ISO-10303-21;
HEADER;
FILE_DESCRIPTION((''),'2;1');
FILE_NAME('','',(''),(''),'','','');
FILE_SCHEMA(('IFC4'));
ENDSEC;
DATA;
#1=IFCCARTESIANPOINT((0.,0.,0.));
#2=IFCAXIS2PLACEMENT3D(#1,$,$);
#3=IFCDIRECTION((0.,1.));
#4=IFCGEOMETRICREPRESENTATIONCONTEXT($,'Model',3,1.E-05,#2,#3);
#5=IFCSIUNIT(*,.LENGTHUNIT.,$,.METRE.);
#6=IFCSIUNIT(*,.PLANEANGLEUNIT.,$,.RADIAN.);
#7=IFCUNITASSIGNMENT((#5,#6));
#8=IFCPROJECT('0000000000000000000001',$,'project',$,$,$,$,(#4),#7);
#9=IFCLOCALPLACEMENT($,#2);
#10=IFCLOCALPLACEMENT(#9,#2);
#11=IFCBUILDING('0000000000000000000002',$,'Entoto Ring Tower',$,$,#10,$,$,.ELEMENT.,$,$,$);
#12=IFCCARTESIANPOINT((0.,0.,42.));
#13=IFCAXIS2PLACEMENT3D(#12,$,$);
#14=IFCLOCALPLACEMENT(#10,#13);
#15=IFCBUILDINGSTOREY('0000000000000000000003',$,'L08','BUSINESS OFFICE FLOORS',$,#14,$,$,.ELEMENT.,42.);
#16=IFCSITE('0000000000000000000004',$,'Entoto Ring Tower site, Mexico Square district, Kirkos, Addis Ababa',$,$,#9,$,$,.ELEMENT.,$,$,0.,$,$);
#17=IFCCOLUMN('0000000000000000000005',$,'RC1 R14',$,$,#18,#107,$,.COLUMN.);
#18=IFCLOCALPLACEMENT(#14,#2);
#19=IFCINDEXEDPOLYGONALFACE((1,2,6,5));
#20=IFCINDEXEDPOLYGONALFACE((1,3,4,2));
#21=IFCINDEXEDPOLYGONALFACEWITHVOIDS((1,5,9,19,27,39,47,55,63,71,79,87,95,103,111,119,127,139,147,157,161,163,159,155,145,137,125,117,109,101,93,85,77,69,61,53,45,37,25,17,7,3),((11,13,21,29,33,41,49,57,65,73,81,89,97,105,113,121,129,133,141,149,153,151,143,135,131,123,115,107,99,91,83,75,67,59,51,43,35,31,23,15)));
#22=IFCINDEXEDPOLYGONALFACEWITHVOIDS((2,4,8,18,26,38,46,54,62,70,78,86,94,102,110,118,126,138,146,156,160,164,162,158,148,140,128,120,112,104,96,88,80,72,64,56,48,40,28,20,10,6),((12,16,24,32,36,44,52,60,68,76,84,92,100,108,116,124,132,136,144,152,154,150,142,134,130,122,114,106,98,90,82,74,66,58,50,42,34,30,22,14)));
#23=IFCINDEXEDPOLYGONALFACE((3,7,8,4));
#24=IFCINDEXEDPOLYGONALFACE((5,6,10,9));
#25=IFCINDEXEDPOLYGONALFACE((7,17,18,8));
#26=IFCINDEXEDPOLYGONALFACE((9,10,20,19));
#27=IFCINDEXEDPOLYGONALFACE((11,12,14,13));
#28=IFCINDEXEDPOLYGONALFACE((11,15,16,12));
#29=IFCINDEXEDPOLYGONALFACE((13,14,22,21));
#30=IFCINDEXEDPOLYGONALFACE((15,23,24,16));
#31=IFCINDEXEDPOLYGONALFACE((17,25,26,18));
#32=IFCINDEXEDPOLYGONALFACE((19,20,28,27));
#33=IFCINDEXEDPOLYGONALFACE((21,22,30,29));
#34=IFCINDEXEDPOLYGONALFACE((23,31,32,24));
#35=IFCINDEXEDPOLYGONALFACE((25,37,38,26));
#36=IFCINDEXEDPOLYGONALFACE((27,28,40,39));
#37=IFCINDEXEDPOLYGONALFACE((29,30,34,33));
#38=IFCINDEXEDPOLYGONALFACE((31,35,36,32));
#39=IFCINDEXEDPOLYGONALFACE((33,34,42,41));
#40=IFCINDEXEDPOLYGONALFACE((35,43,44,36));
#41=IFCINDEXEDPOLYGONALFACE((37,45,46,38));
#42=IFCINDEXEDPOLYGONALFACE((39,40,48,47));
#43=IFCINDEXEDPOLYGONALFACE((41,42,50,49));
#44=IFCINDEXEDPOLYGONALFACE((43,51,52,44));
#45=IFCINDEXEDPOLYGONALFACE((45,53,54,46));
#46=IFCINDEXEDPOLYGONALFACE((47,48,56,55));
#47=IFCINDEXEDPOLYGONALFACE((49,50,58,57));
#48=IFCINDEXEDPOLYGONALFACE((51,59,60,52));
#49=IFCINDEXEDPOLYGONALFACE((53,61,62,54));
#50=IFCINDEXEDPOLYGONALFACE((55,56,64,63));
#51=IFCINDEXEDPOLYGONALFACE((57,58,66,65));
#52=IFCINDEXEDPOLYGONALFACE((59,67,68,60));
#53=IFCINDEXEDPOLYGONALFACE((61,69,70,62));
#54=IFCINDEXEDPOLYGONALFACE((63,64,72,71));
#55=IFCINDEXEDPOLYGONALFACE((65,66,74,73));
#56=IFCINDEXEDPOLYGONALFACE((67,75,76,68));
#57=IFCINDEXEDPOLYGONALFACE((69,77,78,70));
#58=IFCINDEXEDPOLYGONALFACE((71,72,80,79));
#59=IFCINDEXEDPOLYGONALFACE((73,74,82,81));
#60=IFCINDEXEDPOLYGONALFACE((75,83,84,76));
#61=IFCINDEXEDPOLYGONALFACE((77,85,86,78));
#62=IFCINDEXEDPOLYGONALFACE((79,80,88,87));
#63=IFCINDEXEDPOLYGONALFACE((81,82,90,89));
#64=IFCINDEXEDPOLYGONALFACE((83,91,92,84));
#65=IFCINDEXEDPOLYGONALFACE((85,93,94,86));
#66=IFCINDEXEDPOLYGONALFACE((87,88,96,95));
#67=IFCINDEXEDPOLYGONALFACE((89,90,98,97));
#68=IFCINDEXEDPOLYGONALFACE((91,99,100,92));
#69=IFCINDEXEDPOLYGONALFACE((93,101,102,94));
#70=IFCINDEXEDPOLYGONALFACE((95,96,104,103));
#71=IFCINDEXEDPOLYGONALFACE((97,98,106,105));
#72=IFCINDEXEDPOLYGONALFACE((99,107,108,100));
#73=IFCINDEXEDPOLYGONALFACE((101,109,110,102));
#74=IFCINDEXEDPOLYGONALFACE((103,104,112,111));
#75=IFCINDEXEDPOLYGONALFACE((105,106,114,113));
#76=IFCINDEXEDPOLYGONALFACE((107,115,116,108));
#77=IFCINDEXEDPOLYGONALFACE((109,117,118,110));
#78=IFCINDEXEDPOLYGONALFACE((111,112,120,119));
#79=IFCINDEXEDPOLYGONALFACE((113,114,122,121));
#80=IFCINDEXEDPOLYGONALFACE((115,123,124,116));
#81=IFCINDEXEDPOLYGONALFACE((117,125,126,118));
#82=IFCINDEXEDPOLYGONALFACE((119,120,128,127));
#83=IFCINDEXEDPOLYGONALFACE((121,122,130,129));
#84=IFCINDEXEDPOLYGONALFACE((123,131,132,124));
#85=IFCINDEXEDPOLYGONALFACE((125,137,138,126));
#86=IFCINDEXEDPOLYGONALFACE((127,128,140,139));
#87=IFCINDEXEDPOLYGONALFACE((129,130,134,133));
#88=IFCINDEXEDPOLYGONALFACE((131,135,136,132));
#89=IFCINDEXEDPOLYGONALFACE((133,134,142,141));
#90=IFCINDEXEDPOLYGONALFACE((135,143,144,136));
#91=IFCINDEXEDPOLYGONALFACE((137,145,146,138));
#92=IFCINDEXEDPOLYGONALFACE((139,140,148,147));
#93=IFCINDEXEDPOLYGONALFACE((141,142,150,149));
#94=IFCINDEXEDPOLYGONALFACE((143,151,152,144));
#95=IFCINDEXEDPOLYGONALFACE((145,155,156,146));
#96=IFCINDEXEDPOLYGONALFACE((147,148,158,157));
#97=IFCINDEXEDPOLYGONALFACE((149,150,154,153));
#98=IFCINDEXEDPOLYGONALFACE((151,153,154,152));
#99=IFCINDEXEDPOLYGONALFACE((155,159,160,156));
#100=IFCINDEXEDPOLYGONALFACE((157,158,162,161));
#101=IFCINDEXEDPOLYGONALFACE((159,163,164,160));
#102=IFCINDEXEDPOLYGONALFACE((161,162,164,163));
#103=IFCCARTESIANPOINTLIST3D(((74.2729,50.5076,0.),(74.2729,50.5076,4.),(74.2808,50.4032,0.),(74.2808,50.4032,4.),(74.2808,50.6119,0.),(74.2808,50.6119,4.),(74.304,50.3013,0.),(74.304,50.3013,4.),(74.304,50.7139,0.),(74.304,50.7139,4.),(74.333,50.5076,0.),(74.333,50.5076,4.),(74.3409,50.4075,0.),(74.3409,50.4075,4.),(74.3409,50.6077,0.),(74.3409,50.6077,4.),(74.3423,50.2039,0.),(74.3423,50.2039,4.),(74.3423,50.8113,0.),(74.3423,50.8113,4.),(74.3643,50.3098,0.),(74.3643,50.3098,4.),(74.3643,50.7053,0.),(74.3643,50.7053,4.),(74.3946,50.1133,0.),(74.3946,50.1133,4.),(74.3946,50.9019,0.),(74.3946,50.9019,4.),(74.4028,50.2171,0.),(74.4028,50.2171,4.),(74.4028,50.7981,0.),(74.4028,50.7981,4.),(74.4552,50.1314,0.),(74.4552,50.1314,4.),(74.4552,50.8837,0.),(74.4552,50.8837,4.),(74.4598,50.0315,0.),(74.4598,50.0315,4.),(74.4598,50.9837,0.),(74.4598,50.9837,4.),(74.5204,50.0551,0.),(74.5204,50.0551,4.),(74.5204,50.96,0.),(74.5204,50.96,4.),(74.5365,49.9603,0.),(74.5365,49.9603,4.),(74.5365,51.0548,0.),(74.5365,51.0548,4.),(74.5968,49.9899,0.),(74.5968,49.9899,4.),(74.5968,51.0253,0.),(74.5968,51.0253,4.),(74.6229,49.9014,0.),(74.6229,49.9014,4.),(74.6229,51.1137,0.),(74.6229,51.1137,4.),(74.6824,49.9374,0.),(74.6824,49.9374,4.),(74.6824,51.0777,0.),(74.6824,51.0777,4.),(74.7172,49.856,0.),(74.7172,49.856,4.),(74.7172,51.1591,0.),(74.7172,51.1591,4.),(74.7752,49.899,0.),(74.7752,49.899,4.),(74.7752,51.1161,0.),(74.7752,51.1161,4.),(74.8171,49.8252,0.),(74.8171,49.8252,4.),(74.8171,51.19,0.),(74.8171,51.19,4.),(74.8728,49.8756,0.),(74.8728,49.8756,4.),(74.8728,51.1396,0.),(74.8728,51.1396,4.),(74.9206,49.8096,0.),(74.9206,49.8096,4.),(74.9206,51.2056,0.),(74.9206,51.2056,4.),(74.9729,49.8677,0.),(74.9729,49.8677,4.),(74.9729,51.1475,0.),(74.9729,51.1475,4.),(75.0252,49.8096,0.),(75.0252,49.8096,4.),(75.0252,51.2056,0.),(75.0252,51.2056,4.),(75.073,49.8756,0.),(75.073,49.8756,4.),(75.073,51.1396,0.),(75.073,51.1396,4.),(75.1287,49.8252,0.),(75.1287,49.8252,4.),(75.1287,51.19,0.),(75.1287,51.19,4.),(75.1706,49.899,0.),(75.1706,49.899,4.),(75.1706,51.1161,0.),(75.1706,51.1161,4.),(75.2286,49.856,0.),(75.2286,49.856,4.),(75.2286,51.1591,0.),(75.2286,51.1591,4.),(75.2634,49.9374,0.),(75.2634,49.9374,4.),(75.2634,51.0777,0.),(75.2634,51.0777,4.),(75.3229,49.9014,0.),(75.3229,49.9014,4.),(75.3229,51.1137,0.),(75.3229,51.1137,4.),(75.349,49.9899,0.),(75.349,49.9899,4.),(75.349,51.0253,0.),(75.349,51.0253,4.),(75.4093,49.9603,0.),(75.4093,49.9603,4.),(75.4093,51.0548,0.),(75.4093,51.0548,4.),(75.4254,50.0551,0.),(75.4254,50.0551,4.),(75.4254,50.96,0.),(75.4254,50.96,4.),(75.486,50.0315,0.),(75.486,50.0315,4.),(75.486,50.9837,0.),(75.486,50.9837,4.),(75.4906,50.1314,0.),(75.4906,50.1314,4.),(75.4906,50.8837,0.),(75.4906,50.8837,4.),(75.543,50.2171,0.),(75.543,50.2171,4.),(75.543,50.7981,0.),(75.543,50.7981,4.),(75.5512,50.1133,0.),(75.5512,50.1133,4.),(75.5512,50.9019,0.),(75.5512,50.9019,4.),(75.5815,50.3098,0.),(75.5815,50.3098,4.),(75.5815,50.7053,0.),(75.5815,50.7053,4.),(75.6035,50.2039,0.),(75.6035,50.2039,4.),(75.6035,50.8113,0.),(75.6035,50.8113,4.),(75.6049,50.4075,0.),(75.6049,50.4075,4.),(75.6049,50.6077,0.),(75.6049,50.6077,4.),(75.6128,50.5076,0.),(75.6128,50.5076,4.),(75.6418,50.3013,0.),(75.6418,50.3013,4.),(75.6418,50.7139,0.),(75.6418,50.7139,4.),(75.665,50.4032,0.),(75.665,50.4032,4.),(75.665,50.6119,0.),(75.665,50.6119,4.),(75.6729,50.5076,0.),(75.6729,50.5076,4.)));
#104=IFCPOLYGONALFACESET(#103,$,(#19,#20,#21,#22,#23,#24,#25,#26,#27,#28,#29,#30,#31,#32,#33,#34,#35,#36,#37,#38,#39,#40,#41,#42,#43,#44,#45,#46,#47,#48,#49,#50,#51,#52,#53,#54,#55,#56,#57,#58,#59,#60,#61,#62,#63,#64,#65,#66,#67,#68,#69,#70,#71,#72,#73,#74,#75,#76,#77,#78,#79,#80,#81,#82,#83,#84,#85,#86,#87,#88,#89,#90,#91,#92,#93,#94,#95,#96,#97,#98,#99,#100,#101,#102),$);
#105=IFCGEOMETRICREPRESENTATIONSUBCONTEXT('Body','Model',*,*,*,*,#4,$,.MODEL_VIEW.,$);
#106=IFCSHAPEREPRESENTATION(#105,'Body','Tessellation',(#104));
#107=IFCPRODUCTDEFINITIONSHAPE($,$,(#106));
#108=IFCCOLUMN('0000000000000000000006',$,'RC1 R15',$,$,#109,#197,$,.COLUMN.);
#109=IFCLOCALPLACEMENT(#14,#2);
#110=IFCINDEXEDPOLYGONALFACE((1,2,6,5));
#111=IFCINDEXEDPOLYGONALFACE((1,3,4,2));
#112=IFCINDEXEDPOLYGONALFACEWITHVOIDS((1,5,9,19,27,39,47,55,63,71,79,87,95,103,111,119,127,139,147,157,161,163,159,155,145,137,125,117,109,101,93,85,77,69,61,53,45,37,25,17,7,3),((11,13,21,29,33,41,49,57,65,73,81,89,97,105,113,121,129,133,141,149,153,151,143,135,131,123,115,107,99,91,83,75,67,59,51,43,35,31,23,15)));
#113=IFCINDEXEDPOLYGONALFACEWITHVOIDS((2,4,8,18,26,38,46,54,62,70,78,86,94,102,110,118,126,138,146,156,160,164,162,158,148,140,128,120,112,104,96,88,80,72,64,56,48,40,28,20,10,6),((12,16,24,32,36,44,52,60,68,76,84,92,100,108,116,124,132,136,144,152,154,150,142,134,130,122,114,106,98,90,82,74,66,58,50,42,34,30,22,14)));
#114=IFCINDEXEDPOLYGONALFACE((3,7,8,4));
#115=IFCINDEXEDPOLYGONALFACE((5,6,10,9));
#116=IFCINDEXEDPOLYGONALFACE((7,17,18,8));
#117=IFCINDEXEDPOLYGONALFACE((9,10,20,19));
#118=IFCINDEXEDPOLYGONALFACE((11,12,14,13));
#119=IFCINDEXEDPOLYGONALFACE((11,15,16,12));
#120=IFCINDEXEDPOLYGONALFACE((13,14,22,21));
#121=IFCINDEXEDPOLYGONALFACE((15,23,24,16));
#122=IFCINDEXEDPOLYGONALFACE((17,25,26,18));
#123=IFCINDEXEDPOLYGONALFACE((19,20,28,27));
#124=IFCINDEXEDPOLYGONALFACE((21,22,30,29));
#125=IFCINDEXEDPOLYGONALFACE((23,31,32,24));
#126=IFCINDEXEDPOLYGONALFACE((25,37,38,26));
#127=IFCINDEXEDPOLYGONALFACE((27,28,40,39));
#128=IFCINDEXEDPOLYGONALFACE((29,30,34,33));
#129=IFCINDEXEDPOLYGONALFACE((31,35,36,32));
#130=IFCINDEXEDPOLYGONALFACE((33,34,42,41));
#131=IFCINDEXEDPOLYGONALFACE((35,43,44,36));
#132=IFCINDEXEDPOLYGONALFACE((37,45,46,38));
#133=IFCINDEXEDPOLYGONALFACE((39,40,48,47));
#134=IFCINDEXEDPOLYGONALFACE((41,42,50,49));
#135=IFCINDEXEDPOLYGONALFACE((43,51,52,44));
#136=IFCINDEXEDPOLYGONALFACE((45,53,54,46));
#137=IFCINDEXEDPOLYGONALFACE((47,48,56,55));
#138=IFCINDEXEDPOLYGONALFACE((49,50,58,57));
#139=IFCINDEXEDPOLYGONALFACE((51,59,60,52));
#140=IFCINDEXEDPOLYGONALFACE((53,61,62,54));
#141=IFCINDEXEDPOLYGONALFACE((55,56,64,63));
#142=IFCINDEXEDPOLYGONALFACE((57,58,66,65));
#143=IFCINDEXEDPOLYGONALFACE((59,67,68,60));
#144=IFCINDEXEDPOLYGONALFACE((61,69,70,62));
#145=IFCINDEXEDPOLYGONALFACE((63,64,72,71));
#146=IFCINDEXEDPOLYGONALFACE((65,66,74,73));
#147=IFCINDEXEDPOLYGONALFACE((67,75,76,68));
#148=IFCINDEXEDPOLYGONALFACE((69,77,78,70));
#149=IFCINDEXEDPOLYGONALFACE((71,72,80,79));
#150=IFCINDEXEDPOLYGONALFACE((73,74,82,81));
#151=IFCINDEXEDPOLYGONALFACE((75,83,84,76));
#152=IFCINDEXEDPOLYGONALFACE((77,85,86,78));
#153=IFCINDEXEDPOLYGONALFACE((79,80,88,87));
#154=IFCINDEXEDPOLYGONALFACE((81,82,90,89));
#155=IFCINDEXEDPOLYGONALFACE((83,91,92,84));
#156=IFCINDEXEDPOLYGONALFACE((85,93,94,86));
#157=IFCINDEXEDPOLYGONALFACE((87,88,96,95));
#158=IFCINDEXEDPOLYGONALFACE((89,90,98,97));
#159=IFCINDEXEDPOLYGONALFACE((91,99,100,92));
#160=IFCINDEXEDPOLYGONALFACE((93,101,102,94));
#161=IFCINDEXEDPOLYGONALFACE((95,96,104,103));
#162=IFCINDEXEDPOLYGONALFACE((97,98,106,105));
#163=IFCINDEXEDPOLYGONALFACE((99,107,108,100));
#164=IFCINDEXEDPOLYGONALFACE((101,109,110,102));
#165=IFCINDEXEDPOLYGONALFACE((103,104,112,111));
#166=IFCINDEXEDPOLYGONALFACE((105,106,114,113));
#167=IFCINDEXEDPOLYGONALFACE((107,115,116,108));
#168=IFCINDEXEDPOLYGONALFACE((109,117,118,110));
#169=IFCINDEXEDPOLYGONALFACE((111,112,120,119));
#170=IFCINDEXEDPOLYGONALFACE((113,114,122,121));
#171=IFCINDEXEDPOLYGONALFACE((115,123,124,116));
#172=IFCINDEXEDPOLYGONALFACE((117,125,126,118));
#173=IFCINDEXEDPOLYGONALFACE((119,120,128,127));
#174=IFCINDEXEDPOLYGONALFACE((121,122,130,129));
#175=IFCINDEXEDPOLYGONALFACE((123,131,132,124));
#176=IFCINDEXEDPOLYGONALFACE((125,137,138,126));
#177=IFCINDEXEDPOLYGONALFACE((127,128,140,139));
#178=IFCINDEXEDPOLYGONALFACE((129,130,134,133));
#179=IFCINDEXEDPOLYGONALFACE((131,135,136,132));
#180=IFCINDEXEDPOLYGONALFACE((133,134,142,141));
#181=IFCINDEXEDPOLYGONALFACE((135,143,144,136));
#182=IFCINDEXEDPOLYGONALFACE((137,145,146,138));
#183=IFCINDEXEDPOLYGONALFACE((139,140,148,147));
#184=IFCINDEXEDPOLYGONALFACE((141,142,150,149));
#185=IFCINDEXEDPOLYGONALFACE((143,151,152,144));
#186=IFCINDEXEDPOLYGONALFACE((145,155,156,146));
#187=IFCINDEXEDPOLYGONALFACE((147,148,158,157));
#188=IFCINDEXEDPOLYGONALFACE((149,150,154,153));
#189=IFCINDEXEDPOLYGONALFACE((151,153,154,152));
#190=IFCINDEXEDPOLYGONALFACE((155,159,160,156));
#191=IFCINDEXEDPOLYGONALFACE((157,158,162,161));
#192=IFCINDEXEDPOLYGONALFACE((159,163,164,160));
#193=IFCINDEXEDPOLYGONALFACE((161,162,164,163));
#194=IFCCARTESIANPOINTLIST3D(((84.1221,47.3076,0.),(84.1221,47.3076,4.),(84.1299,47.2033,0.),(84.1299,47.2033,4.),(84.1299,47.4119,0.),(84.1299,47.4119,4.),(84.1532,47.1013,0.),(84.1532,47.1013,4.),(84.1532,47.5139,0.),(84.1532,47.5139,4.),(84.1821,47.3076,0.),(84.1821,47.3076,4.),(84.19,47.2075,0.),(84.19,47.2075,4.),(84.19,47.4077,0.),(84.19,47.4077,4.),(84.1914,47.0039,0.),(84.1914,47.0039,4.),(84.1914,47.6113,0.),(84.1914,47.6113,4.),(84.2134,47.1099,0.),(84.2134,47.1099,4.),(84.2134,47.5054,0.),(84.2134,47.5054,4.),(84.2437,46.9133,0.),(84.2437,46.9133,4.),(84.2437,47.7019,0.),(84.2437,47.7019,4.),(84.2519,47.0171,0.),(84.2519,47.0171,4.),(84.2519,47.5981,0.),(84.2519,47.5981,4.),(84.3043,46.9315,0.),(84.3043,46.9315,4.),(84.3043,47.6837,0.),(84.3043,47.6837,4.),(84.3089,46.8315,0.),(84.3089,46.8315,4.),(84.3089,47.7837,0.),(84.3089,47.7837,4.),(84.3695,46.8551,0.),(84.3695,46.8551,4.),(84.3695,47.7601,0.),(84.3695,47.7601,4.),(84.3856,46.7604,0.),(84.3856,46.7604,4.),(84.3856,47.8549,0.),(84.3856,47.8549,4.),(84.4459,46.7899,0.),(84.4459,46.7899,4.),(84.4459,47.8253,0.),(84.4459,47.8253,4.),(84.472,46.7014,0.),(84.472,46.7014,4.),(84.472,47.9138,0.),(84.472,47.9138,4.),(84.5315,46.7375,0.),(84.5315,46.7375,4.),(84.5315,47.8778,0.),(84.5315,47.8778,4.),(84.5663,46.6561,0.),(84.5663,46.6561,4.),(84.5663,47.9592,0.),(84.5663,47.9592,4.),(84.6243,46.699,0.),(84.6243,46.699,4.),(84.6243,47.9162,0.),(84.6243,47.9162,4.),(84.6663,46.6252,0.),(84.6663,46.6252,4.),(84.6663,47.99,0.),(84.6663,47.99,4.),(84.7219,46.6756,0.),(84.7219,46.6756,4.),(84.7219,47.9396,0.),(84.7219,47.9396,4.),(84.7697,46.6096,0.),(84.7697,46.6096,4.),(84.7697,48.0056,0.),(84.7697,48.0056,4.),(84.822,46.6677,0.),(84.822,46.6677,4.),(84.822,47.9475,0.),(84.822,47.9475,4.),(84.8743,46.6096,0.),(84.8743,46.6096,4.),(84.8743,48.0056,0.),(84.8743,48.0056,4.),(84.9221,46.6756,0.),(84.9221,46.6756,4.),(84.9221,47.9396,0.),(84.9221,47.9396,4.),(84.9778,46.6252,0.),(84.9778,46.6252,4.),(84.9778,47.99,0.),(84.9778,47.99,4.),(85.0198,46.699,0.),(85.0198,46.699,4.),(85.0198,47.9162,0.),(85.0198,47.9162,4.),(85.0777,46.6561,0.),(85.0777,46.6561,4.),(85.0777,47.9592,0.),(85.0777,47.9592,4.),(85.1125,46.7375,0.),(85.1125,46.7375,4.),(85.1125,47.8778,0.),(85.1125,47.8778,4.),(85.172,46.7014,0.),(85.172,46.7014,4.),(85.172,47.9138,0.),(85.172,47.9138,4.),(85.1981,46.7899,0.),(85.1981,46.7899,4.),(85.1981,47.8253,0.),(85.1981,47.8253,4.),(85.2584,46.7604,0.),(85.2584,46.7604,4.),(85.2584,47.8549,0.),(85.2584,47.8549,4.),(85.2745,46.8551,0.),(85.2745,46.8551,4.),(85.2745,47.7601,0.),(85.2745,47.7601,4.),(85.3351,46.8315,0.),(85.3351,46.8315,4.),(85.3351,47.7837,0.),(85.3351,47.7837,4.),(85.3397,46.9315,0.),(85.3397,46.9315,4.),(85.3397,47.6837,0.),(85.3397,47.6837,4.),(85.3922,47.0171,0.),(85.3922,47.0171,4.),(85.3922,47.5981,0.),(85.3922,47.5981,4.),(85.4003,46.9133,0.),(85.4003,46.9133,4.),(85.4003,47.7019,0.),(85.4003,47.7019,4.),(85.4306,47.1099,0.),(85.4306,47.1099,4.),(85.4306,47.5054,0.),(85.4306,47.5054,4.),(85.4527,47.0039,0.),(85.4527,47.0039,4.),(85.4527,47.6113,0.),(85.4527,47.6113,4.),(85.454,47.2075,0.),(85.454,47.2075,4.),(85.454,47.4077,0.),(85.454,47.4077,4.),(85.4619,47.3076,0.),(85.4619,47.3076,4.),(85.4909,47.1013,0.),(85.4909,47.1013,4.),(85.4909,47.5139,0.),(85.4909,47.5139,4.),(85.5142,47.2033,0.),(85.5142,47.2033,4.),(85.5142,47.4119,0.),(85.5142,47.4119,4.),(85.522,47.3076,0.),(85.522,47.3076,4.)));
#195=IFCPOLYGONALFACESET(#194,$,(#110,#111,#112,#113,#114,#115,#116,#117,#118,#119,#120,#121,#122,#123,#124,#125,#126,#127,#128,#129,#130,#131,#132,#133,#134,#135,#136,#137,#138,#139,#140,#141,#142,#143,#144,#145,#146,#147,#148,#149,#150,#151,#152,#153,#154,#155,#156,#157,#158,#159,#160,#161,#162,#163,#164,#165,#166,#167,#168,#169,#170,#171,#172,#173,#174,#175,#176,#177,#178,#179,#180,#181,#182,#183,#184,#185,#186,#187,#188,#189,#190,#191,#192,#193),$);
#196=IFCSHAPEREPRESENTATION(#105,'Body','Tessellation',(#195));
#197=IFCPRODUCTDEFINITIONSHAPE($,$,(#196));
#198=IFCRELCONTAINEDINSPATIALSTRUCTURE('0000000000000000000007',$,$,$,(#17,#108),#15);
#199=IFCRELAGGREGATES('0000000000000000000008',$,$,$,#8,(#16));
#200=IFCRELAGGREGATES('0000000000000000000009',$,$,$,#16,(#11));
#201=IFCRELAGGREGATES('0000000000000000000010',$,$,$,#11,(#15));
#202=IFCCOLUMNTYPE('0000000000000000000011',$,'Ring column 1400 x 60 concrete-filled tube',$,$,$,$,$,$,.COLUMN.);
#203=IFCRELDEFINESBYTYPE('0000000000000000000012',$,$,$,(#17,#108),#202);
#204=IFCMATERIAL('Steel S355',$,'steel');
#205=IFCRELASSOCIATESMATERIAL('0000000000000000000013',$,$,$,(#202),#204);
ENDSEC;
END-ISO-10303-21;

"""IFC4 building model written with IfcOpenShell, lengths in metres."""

from ifc_helpers import new_model, si_unit, direction, frame, origin, origin_2d, place, context, subcontext, project, spatial, circle, hollow_circle, extrude, material, material_profile, profile_set, type_object, element, save


model = new_model("IFC4")

# Units and contexts
model_context = context("Model", 3, precision=1e-05, world=origin(), true_north=direction((0.0, 1.0)))
body_context = subcontext(model_context, "Body", "Model", "MODEL_VIEW")
ifc_project = project(units=[si_unit("LENGTHUNIT", "METRE"), si_unit("PLANEANGLEUNIT", "RADIAN")], contexts=[model_context])

# Site, building, storey
site_placement = place(None, origin())
site = spatial("IfcSite", under=ifc_project, at=site_placement, Name="Entoto Ring Tower site, Mexico Square district, Kirkos, Addis Ababa", CompositionType="ELEMENT", RefElevation=0.0)
building_placement = place(site_placement, origin())
building = spatial("IfcBuilding", under=site, at=building_placement, Name="Entoto Ring Tower", CompositionType="ELEMENT")
storey_placement = place(building_placement, frame((0.0, 0.0, 42.0)))
storey = spatial("IfcBuildingStorey", under=building, at=storey_placement, Name="L08", Description="BUSINESS OFFICE FLOORS", CompositionType="ELEMENT", Elevation=42.0)

# Columns
ifc_material_1 = material(Name="Steel S355", Category="steel")
ifc_material_profile_1 = material_profile(ifc_material_1, hollow_circle(Radius=0.7, WallThickness=0.0601, at=origin_2d()), Name="CHS 1400 x 60")
ifc_material_2 = material(Name="Concrete C60/75", Category="concrete")
ifc_material_profile_2 = material_profile(ifc_material_2, circle(Radius=0.6399, at=origin_2d()), Name="Concrete C60/75 infill")
ifc_profile_set_1 = profile_set([ifc_material_profile_1, ifc_material_profile_2], Name="Steel S355")
column_type = type_object("IfcColumnType", Name="Ring column 1400 x 60 concrete-filled tube", PredefinedType="COLUMN", material=ifc_profile_set_1)
for number, where, z_axis, x_axis, name in (
    (1, (74.9729, 50.5076, 0.0), (0.0, 0.0, 1.0), (1.0, 0.0, 0.0), "RC1 R14"),
    (2, (84.822, 47.3076, 0.0), (0.0, 0.0, 1.0), (1.0, 0.0, 0.0), "RC1 R15"),
):
    element("IfcColumn", number, at=place(storey_placement, frame(where, z_axis=z_axis, x_axis=x_axis)), inside=storey, type_object=column_type, Name=name, PredefinedType="COLUMN", context=body_context, shape_type="SweptSolid", body=[
        extrude(hollow_circle(Radius=0.7, WallThickness=0.0601, at=origin_2d()), origin(), (0.0, 0.0, 1.0), 4.0),
    ])

save(model, "model.ifc")
